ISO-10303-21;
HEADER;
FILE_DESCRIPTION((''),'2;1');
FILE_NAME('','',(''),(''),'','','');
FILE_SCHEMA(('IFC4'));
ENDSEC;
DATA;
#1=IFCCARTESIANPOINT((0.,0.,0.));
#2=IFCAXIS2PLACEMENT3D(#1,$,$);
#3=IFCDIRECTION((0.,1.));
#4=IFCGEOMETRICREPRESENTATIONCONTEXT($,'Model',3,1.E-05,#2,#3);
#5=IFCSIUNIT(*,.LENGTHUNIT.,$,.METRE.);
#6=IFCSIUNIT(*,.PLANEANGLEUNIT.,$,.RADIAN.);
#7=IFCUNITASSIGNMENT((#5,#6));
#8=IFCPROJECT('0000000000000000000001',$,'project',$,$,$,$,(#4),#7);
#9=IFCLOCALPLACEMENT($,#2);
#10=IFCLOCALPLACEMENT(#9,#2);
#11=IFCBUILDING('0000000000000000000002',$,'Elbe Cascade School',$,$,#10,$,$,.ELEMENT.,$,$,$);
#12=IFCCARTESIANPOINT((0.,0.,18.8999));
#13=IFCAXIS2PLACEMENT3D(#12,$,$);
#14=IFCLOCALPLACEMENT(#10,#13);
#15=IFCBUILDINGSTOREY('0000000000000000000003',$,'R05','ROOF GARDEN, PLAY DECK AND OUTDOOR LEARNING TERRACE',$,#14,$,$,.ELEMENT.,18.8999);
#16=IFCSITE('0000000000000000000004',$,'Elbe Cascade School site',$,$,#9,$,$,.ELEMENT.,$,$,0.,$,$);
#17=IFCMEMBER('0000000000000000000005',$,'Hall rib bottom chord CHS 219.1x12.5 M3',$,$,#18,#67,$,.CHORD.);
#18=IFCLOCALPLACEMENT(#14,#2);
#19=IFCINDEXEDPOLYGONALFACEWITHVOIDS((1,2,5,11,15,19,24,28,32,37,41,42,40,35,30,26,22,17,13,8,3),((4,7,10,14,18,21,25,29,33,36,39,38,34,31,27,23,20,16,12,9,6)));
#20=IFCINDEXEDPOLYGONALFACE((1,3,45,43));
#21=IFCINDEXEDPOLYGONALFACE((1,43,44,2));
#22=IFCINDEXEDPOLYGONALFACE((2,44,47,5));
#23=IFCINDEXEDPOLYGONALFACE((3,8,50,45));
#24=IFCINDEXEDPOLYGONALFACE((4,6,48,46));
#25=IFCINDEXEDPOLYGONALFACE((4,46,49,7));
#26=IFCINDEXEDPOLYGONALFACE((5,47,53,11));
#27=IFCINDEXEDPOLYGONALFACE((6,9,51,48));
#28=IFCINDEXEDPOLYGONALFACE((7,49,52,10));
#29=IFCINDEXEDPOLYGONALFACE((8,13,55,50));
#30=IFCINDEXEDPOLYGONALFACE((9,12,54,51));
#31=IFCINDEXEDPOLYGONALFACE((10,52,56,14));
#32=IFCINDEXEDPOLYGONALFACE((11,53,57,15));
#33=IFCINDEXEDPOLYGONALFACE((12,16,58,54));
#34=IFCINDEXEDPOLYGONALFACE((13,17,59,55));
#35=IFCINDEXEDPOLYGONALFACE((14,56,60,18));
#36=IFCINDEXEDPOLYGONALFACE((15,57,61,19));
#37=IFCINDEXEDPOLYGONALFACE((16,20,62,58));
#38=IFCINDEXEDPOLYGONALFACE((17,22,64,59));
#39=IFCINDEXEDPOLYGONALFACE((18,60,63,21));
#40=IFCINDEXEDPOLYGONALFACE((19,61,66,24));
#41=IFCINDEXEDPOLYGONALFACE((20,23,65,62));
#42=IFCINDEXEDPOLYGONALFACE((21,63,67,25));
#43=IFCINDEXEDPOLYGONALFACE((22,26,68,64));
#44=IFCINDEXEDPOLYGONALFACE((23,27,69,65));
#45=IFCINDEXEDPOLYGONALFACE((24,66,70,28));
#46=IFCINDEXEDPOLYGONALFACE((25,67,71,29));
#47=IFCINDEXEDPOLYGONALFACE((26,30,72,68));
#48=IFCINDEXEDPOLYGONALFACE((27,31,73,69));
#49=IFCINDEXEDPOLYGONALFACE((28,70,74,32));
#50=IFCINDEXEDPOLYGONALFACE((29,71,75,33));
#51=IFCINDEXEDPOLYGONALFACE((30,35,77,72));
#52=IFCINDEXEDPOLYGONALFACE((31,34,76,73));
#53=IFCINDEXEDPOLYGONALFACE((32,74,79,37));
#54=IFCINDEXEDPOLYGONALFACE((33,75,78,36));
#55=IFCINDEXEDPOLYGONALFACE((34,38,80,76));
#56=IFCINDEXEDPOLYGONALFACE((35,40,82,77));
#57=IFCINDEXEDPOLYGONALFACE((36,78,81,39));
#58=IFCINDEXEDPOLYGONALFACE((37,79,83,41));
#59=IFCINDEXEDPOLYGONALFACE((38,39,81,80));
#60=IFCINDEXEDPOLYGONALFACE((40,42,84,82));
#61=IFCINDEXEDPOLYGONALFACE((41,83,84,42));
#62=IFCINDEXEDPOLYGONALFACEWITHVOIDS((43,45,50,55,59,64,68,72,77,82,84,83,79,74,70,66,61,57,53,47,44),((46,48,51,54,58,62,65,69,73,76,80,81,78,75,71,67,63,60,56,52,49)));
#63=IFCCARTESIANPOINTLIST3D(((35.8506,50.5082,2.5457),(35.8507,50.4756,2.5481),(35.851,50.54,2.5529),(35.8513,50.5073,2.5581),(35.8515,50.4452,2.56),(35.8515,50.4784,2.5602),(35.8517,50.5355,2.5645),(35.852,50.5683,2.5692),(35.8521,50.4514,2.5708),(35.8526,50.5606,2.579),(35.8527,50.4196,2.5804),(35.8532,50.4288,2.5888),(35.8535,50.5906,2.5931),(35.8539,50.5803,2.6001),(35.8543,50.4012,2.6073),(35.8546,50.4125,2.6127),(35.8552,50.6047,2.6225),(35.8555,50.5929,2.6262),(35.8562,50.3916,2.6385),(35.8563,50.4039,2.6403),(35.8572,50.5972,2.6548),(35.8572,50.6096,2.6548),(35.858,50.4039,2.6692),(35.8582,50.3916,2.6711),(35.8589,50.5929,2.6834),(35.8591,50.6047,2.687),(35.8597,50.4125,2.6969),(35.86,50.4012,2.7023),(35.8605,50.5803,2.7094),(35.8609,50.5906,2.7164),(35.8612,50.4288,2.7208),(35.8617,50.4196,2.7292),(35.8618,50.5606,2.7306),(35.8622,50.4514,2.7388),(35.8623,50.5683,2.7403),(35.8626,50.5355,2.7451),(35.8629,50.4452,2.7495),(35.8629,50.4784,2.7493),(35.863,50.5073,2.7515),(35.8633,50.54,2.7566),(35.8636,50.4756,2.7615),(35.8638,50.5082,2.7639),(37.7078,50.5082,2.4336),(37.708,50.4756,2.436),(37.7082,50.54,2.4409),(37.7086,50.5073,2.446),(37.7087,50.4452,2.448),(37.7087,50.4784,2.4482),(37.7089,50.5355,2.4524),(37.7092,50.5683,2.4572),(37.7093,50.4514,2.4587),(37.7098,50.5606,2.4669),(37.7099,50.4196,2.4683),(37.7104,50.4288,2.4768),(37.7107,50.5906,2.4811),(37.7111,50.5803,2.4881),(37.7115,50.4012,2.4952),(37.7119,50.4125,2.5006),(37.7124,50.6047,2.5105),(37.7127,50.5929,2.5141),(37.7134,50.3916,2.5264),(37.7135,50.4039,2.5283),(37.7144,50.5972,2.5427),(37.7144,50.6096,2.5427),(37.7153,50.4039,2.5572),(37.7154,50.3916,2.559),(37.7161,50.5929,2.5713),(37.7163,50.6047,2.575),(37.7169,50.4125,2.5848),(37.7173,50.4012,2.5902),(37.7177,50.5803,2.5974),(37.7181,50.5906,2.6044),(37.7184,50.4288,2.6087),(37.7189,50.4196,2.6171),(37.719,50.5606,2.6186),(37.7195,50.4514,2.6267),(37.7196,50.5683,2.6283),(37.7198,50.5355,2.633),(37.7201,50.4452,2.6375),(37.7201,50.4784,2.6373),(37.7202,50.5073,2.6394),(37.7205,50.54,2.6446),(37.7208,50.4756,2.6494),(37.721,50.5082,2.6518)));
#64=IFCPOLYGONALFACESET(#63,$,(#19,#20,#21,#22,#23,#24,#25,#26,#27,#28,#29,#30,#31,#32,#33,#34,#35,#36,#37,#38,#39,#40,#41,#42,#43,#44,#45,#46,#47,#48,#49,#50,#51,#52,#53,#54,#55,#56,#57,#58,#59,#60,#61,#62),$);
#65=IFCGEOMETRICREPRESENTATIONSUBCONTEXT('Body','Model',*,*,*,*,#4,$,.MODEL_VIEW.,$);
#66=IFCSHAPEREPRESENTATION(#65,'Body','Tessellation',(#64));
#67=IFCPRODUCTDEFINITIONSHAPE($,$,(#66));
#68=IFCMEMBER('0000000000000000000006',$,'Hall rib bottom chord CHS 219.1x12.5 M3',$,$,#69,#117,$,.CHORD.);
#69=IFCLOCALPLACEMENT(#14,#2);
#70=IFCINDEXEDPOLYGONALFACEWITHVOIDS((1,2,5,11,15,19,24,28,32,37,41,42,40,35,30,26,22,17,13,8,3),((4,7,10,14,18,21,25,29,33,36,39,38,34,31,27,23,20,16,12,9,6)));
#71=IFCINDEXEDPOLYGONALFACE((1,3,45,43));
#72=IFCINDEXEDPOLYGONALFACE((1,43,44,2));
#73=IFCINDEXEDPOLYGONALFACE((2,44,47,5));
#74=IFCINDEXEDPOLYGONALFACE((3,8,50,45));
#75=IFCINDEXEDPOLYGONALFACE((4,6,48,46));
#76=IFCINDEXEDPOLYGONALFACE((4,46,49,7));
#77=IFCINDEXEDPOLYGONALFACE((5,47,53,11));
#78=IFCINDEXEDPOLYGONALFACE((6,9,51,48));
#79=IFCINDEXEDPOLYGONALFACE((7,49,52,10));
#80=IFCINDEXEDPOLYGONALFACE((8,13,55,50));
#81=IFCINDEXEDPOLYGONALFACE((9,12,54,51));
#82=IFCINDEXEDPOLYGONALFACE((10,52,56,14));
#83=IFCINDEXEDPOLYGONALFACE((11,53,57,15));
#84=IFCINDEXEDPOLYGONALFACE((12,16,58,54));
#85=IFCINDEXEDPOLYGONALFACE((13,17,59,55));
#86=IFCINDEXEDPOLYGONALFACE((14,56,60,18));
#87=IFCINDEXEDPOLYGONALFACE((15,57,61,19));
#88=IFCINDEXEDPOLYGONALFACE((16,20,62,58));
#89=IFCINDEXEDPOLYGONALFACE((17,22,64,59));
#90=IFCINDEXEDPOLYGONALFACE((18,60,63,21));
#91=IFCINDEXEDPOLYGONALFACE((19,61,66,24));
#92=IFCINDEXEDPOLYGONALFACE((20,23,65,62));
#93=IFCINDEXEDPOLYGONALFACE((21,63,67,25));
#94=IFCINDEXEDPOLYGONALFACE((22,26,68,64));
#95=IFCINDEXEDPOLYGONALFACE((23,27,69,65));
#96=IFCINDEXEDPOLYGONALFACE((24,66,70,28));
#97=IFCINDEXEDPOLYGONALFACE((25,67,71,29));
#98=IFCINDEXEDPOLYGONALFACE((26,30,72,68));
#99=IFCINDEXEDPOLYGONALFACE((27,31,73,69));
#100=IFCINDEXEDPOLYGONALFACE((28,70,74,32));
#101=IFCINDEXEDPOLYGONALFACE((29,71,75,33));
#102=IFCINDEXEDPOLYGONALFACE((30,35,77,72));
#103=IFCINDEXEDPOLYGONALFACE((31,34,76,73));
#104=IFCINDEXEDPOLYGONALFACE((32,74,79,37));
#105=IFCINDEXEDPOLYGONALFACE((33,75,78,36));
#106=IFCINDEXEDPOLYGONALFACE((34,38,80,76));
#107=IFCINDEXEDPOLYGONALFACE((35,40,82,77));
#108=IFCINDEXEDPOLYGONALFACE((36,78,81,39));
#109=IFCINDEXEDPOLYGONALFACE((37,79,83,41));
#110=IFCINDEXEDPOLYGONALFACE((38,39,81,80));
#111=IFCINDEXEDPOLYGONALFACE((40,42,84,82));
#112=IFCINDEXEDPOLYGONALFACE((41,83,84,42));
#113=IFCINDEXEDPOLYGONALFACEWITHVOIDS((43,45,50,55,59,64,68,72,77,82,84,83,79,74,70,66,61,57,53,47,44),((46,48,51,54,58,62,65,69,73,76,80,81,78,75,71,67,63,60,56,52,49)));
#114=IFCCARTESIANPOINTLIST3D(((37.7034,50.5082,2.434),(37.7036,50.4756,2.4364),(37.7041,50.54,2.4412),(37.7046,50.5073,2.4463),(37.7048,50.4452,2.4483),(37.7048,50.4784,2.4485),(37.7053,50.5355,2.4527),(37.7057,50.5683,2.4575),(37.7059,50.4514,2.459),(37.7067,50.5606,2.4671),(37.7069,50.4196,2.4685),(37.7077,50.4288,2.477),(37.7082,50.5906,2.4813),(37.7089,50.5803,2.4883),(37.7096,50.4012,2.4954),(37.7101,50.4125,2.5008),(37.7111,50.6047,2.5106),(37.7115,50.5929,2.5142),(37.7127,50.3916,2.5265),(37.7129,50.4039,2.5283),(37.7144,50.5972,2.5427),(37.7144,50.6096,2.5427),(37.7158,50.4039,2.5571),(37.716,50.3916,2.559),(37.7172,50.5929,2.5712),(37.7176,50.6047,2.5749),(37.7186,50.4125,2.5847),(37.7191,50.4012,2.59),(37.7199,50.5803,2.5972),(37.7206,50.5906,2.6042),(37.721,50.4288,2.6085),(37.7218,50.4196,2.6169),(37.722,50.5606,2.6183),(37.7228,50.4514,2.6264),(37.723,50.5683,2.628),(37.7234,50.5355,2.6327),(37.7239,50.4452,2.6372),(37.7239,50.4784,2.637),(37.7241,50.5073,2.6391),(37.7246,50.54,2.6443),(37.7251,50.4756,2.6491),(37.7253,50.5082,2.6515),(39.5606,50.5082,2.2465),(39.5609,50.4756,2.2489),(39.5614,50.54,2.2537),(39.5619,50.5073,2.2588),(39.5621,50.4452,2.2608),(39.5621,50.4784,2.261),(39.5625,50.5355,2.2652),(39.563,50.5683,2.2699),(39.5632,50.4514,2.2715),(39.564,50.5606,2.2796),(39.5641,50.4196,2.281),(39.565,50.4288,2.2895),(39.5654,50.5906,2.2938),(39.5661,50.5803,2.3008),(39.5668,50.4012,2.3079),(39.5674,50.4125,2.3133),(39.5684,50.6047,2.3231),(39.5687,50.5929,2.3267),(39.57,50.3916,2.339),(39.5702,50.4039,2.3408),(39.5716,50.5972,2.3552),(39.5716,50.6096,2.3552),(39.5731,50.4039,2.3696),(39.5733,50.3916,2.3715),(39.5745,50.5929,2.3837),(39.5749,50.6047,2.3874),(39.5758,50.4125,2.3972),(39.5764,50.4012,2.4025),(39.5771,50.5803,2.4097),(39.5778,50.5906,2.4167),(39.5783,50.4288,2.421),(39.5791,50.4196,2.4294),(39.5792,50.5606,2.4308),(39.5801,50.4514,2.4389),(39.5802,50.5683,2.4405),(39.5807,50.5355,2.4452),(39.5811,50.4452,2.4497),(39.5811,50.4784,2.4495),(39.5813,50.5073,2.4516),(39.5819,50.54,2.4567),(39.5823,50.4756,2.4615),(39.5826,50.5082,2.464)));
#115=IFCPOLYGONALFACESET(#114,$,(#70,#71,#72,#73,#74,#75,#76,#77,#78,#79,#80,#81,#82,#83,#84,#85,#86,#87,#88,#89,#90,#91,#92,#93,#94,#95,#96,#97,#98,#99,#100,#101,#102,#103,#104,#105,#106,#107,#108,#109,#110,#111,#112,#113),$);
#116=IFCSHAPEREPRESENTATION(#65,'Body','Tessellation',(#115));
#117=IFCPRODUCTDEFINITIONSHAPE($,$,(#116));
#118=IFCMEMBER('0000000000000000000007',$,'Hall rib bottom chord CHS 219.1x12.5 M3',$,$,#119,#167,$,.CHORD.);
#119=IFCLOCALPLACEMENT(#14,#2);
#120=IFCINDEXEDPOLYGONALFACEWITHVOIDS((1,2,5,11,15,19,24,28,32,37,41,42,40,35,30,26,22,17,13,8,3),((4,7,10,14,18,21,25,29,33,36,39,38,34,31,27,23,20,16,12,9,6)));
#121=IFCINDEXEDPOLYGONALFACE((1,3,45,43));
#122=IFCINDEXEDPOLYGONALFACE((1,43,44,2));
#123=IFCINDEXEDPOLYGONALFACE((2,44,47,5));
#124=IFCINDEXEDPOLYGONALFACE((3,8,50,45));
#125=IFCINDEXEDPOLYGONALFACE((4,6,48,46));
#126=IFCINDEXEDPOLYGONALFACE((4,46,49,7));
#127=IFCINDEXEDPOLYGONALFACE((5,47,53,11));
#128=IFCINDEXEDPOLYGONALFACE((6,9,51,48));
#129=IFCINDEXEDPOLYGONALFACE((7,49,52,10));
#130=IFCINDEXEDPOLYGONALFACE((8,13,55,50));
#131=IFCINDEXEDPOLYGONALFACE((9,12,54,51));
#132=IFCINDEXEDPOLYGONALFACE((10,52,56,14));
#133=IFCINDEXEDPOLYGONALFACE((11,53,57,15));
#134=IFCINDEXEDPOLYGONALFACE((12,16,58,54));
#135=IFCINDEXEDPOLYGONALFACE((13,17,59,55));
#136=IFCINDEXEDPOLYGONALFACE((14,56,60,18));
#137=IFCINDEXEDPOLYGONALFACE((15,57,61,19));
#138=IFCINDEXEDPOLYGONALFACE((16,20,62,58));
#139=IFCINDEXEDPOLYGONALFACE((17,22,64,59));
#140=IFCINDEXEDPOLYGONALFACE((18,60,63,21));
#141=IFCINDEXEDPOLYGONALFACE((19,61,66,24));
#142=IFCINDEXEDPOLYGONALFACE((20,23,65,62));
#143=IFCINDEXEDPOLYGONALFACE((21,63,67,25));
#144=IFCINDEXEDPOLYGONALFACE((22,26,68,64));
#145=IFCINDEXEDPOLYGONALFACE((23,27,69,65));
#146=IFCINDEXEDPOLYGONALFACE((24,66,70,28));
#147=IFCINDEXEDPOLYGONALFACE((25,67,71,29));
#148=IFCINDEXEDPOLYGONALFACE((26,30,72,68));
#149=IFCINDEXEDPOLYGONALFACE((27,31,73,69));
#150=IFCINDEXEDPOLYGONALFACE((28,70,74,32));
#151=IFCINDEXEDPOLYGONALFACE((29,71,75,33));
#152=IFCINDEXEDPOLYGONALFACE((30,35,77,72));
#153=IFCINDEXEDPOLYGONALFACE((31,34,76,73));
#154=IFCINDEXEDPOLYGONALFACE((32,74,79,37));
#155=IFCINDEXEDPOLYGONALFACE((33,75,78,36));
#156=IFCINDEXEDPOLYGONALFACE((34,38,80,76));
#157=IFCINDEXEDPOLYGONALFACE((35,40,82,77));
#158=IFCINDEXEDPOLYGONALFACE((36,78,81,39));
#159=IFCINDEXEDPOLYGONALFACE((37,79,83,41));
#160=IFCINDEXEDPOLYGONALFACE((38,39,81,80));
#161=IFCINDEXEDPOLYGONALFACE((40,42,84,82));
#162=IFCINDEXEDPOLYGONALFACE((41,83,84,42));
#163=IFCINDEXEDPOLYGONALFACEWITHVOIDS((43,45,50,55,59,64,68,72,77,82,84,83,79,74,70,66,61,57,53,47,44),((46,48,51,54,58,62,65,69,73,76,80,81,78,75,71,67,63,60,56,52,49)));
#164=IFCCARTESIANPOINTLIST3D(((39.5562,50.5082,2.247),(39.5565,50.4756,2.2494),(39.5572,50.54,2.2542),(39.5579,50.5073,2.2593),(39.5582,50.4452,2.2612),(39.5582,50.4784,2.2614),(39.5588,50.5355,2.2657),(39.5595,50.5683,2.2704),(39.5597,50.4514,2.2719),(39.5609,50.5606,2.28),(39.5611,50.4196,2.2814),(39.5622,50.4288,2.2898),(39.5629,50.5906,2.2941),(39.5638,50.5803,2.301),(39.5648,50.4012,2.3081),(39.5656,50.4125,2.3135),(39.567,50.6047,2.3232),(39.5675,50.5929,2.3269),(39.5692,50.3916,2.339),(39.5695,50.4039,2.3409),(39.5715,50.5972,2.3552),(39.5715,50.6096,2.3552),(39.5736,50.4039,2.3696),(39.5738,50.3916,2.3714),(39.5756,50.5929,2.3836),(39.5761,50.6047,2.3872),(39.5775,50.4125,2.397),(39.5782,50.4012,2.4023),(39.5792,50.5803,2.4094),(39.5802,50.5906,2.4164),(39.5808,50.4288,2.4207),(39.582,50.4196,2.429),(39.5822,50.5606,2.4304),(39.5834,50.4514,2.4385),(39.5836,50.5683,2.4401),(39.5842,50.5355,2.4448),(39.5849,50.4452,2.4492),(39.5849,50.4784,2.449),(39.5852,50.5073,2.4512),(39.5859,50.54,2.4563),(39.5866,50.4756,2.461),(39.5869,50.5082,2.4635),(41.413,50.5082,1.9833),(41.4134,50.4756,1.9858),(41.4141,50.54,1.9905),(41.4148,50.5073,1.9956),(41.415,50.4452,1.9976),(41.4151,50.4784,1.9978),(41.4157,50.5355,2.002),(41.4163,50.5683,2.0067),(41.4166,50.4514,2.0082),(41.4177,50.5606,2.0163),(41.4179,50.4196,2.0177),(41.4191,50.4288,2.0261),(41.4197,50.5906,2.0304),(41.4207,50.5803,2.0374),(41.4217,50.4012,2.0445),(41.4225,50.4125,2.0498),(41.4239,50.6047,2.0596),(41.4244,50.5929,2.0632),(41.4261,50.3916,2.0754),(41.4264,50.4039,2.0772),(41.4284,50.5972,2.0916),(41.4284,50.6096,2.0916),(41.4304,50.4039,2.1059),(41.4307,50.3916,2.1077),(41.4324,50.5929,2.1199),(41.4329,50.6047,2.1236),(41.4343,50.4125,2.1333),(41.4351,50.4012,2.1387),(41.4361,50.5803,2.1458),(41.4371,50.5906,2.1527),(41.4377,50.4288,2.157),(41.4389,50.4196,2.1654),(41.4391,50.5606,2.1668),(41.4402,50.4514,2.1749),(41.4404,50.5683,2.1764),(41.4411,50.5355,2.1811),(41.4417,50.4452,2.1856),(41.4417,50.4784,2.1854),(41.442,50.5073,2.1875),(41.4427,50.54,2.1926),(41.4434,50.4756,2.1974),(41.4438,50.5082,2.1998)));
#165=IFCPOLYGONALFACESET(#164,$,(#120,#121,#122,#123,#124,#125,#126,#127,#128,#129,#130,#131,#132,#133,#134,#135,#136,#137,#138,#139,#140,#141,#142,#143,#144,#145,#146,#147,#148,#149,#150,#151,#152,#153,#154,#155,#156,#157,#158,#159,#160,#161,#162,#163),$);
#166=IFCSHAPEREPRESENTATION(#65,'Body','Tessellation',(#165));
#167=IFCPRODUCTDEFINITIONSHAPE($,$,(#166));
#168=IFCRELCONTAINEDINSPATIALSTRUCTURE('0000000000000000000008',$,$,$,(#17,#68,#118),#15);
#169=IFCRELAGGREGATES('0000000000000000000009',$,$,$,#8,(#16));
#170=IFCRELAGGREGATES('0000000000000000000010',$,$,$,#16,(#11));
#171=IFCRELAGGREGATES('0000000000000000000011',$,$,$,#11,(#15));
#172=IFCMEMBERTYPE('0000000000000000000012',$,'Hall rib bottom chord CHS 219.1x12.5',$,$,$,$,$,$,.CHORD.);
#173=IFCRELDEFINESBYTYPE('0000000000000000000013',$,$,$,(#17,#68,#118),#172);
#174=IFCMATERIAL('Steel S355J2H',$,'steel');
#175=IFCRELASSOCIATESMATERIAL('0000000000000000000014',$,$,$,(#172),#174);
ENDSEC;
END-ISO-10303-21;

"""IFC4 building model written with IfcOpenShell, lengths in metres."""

from ifc_helpers import new_model, si_unit, direction, frame, origin, origin_2d, place, context, subcontext, project, spatial, hollow_circle, extrude, material, material_profile, profile_set, type_object, element, save


model = new_model("IFC4")

# Units and contexts
model_context = context("Model", 3, precision=1e-05, world=origin(), true_north=direction((0.0, 1.0)))
body_context = subcontext(model_context, "Body", "Model", "MODEL_VIEW")
ifc_project = project(units=[si_unit("LENGTHUNIT", "METRE"), si_unit("PLANEANGLEUNIT", "RADIAN")], contexts=[model_context])

# Site, building, storey
site_placement = place(None, origin())
site = spatial("IfcSite", under=ifc_project, at=site_placement, Name="Elbe Cascade School site", CompositionType="ELEMENT", RefElevation=0.0)
building_placement = place(site_placement, origin())
building = spatial("IfcBuilding", under=site, at=building_placement, Name="Elbe Cascade School", CompositionType="ELEMENT")
storey_placement = place(building_placement, frame((0.0, 0.0, 18.8999)))
storey = spatial("IfcBuildingStorey", under=building, at=storey_placement, Name="R05", Description="ROOF GARDEN, PLAY DECK AND OUTDOOR LEARNING TERRACE", CompositionType="ELEMENT", Elevation=18.8999)

# Members
ifc_material_1 = material(Name="Steel S355J2H", Category="steel")
ifc_material_profile_1 = material_profile(ifc_material_1, hollow_circle(Radius=0.1096, WallThickness=0.0125, at=origin_2d()), Name="CHS 219.1x12.5")
ifc_profile_set_1 = profile_set([ifc_material_profile_1], Name="Steel S355J2H")
member_type_1 = type_object("IfcMemberType", Name="Hall rib bottom chord CHS 219.1x12.5", PredefinedType="CHORD", material=ifc_profile_set_1)
member_1_placement = place(storey_placement, frame((35.8572, 50.5, 2.6548), z_axis=(0.998185, 0.0, -0.06023), x_axis=(0.0, 1.0, 0.0)))
element("IfcMember", 1, at=member_1_placement, inside=storey, type_object=member_type_1, Name="Hall rib bottom chord CHS 219.1x12.5 M3", PredefinedType="CHORD", context=body_context, shape_type="SweptSolid", body=[
    extrude(hollow_circle(Radius=0.1096, WallThickness=0.0125, at=origin_2d()), origin(), (0.0, 0.0, 1.0), 1.8606),
])
member_2_placement = place(storey_placement, frame((37.7144, 50.5, 2.5427), z_axis=(0.994942, 0.0, -0.100449), x_axis=(0.0, 1.0, 0.0)))
element("IfcMember", 2, at=member_2_placement, inside=storey, type_object=member_type_1, Name="Hall rib bottom chord CHS 219.1x12.5 M3", PredefinedType="CHORD", context=body_context, shape_type="SweptSolid", body=[
    extrude(hollow_circle(Radius=0.1096, WallThickness=0.0125, at=origin_2d()), origin(), (0.0, 0.0, 1.0), 1.8667),
])
member_3_placement = place(storey_placement, frame((39.5715, 50.5, 2.3552), z_axis=(0.990069, 0.0, -0.140583), x_axis=(0.0, 1.0, 0.0)))
element("IfcMember", 3, at=member_3_placement, inside=storey, type_object=member_type_1, Name="Hall rib bottom chord CHS 219.1x12.5 M3", PredefinedType="CHORD", context=body_context, shape_type="SweptSolid", body=[
    extrude(hollow_circle(Radius=0.1096, WallThickness=0.0125, at=origin_2d()), origin(), (0.0, 0.0, 1.0), 1.8755),
])

save(model, "model.ifc")
